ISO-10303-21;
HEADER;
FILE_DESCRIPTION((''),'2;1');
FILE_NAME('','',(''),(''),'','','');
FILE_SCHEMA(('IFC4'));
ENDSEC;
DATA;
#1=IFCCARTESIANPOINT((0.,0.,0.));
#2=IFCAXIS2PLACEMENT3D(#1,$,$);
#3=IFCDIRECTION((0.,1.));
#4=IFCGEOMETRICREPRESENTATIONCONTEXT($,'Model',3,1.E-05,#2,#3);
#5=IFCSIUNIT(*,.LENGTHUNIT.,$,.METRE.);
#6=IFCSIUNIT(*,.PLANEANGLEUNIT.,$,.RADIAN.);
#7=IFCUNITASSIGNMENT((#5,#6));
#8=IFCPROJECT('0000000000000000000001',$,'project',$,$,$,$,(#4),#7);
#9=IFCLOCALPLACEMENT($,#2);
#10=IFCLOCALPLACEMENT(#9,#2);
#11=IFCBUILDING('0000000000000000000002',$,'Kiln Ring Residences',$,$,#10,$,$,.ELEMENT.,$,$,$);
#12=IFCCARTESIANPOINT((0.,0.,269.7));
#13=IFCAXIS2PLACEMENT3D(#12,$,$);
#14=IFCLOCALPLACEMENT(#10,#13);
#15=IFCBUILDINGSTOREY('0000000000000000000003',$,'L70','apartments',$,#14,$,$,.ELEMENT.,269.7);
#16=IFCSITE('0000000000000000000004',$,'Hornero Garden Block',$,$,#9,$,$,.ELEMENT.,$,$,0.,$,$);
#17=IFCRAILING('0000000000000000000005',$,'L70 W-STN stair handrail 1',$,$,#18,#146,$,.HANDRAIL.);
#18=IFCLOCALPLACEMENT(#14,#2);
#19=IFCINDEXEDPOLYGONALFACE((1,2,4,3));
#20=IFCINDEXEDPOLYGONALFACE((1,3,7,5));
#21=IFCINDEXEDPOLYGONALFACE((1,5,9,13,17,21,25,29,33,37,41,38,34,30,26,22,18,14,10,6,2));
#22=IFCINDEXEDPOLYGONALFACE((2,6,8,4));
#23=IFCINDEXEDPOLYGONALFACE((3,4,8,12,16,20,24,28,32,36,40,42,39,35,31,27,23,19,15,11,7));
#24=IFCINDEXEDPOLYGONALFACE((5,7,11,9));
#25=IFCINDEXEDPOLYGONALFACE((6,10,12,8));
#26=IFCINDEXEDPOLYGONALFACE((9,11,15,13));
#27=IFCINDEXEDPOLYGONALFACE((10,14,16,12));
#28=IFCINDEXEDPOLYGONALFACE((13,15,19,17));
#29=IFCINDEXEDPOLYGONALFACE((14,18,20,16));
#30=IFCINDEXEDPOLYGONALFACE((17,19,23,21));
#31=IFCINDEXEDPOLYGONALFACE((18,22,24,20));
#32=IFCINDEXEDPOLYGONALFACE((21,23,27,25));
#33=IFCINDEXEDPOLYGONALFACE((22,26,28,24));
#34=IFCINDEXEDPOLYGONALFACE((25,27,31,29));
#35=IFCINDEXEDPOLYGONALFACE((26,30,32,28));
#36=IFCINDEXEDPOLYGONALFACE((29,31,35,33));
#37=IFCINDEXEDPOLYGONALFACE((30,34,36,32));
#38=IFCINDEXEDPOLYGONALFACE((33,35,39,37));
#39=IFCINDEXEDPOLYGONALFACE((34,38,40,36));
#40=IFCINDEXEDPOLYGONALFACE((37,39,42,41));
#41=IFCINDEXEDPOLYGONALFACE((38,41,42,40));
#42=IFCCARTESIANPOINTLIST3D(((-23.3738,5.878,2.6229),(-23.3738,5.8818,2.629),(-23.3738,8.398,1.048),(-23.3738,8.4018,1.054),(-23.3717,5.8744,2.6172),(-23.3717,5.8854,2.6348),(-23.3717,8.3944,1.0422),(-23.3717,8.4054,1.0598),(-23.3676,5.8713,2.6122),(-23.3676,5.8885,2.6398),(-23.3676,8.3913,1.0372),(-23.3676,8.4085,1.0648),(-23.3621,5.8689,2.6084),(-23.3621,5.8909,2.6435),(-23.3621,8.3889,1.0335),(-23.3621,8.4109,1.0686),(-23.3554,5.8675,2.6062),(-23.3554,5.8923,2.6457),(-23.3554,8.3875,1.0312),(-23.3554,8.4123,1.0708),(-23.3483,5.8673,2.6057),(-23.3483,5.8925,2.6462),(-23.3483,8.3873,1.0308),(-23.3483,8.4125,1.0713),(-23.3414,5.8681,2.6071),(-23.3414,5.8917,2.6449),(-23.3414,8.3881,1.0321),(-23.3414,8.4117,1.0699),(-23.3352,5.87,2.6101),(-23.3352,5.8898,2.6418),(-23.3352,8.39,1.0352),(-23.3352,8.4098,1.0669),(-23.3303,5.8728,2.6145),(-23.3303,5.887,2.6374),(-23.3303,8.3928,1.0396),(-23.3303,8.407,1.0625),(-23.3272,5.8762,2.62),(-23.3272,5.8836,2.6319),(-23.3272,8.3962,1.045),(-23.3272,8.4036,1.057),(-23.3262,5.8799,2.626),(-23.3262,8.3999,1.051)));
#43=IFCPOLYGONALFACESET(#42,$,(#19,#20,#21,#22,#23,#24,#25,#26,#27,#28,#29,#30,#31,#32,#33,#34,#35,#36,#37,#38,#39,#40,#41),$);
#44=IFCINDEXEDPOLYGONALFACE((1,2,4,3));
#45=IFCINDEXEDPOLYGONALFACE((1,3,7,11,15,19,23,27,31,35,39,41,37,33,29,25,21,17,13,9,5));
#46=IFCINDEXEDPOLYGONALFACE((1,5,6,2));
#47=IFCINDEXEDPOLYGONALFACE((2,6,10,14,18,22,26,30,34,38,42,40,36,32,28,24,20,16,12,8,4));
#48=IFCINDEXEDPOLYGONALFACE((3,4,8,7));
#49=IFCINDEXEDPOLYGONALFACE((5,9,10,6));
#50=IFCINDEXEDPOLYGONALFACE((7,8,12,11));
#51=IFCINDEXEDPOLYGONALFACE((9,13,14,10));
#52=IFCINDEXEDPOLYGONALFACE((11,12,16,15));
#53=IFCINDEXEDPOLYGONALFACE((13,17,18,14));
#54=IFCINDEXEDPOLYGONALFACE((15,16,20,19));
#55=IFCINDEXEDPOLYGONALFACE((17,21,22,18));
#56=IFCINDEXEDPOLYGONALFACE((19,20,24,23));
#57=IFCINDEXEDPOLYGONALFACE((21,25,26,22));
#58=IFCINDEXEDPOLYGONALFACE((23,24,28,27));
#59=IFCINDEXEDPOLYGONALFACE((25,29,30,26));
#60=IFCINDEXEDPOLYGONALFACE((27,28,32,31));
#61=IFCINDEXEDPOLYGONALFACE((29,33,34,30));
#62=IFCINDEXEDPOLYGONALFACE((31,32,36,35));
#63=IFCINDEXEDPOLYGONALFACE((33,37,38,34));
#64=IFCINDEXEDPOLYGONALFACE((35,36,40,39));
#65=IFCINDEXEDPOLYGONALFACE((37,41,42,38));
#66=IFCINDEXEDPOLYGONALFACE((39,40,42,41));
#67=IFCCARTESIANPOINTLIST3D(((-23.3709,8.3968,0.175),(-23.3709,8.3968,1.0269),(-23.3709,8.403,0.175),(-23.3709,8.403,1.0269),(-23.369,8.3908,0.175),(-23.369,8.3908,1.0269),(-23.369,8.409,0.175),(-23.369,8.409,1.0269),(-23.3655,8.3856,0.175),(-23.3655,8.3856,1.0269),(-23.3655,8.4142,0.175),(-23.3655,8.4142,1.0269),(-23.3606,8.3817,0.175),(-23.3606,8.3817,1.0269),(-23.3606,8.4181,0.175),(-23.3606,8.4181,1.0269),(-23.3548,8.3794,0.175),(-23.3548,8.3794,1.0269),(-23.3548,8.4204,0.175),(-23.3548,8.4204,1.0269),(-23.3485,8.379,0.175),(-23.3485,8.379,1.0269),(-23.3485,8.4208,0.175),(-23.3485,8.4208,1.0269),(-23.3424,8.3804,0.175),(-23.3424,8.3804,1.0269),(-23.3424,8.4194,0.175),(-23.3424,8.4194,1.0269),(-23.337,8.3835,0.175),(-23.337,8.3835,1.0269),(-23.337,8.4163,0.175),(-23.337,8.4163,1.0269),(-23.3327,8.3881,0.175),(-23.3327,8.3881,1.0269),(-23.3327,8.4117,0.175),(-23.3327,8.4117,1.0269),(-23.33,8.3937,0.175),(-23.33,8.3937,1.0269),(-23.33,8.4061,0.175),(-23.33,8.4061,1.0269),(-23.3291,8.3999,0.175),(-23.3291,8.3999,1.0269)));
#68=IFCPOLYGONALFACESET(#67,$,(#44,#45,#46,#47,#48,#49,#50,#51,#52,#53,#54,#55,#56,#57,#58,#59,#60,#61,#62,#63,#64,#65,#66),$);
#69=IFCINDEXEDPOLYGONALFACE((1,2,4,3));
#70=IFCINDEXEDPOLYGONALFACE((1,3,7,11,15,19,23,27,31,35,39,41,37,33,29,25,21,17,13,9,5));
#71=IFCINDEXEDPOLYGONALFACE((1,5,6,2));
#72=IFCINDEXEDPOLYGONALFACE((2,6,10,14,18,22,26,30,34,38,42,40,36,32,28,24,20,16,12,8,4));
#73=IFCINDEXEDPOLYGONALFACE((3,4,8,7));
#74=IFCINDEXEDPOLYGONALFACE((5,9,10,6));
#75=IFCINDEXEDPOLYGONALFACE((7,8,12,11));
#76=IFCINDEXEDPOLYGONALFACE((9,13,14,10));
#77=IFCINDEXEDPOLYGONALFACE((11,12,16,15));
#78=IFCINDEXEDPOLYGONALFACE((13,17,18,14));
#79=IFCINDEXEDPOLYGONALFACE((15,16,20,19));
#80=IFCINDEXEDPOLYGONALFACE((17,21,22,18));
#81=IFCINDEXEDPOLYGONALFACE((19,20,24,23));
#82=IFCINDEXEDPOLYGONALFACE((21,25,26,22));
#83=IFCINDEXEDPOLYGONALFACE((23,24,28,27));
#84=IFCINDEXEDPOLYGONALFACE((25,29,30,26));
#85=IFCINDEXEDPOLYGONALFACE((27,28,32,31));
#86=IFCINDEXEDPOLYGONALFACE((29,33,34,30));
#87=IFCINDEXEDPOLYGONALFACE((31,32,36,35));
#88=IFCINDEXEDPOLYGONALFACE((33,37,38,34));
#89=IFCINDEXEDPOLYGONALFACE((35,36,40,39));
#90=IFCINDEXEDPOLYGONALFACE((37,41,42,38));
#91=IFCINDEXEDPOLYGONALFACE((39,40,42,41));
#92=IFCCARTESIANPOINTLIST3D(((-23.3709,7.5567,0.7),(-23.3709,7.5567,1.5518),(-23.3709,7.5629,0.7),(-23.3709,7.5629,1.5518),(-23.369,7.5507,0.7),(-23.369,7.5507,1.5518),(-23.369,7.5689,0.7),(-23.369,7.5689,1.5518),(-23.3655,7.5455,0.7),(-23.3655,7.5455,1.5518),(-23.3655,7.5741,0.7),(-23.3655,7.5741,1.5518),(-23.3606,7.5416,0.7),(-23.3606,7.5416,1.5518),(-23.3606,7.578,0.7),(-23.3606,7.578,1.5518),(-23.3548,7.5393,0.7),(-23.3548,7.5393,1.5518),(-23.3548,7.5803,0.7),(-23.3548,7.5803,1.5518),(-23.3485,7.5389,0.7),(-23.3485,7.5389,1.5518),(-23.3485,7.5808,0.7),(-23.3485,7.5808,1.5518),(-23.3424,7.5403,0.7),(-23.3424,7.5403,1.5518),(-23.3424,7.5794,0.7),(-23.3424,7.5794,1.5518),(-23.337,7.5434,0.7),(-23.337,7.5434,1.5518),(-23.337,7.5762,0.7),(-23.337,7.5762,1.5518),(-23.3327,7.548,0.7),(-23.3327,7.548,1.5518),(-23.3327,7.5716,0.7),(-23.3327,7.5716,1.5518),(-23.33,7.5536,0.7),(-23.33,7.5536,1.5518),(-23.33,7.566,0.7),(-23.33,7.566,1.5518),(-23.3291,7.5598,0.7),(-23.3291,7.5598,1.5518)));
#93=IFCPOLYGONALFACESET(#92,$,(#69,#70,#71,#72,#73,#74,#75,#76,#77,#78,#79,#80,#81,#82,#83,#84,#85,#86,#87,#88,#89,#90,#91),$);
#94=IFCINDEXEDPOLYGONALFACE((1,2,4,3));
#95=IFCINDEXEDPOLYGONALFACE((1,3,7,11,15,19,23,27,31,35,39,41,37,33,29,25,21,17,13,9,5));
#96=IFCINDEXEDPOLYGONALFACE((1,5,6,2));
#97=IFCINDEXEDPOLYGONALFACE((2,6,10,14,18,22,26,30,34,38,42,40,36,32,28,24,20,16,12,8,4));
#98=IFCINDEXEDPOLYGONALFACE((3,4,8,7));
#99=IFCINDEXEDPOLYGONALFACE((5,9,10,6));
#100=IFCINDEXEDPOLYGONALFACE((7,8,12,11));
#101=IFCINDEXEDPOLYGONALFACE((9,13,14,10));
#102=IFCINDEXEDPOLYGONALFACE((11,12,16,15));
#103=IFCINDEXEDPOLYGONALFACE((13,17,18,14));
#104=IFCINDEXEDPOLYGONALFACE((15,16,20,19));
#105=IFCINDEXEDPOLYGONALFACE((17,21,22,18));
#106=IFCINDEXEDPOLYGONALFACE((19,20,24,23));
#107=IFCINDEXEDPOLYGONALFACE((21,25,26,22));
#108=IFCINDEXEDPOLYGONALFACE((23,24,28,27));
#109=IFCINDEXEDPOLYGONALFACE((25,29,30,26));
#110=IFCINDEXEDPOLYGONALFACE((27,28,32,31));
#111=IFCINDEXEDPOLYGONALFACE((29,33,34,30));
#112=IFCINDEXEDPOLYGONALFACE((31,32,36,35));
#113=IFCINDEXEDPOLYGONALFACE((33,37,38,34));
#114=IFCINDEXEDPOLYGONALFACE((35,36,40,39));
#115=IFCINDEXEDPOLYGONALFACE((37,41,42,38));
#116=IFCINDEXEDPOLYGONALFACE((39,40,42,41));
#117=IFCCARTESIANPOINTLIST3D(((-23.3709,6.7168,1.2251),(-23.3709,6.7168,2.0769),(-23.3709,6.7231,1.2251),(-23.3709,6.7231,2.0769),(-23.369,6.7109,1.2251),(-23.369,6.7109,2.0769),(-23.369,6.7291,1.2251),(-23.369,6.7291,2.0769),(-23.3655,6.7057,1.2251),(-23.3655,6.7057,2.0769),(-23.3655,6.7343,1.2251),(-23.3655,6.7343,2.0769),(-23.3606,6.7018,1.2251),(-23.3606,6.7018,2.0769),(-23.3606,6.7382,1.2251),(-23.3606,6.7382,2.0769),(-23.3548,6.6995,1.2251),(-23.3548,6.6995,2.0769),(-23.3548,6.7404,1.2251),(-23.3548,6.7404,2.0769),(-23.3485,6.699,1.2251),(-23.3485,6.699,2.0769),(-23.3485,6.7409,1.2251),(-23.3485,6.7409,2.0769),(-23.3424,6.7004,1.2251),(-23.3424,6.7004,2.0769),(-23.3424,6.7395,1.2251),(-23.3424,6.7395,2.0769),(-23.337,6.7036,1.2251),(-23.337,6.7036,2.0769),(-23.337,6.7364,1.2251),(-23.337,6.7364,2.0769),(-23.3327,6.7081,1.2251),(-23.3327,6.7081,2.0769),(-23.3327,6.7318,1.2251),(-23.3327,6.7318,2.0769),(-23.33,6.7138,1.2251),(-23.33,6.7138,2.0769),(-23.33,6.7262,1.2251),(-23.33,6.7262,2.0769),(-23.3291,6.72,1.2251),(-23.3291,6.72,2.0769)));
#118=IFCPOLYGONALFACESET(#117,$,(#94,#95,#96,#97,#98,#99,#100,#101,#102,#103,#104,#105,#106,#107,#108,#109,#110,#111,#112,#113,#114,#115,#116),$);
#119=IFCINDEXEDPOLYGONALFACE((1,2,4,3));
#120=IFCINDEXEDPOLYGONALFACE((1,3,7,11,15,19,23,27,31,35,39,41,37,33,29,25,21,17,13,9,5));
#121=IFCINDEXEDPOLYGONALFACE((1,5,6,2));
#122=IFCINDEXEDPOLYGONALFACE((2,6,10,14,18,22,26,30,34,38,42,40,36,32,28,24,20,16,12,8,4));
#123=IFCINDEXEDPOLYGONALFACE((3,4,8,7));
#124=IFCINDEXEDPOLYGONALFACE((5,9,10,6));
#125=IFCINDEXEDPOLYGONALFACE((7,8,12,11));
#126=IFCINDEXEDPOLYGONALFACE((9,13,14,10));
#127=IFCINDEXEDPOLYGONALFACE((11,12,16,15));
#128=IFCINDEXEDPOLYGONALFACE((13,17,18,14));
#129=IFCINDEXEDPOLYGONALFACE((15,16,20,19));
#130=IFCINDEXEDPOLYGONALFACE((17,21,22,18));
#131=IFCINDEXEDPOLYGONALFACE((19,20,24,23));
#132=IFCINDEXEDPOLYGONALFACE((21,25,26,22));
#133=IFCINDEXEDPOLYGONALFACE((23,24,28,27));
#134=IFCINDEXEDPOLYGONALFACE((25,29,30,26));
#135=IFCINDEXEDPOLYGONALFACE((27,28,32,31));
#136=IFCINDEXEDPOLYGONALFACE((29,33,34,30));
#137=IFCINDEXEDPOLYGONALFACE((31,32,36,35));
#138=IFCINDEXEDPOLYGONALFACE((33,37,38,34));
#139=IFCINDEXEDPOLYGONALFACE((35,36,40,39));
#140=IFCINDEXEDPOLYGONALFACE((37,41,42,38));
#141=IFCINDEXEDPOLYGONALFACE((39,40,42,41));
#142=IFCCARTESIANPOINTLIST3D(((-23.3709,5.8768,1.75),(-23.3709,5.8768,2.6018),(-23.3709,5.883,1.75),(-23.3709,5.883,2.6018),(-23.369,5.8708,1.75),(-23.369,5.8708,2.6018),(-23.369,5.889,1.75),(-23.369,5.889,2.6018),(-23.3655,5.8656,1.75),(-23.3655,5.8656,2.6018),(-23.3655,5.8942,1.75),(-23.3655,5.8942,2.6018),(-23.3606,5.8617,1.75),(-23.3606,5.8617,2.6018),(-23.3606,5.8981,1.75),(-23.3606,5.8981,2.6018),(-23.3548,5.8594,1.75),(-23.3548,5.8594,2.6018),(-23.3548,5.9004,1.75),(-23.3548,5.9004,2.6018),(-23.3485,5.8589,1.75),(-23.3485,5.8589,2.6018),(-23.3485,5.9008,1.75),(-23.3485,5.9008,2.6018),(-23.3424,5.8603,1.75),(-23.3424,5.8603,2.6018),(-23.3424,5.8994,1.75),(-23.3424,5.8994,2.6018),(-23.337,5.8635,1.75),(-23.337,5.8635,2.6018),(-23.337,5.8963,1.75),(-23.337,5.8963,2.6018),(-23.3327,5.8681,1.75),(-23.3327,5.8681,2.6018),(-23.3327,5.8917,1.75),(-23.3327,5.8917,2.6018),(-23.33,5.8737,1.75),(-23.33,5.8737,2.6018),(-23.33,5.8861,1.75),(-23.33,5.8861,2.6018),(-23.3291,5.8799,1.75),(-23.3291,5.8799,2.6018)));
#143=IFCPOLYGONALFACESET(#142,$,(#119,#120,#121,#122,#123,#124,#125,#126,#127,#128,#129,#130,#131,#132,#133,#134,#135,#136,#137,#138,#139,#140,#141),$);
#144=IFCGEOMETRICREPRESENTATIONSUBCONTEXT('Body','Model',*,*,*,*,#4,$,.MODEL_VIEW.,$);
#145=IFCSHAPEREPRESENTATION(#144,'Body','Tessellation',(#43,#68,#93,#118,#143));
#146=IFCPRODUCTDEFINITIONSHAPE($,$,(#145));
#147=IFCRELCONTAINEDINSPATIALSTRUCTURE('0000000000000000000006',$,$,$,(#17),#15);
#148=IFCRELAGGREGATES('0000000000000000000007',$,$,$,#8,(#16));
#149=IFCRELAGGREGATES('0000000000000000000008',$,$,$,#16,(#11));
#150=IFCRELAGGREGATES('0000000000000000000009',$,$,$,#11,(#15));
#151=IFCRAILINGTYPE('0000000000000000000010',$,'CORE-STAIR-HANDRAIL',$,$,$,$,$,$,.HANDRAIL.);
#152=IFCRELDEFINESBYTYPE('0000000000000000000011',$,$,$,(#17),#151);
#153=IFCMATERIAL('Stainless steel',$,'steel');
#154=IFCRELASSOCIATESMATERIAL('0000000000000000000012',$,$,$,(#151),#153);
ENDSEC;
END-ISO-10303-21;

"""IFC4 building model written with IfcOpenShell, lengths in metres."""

from ifc_helpers import new_model, si_unit, direction, frame, origin, origin_2d, place, context, subcontext, project, spatial, circle, extrude, material, type_object, element, save


model = new_model("IFC4")

# Units and contexts
model_context = context("Model", 3, precision=1e-05, world=origin(), true_north=direction((0.0, 1.0)))
body_context = subcontext(model_context, "Body", "Model", "MODEL_VIEW")
ifc_project = project(units=[si_unit("LENGTHUNIT", "METRE"), si_unit("PLANEANGLEUNIT", "RADIAN")], contexts=[model_context])

# Site, building, storey
site_placement = place(None, origin())
site = spatial("IfcSite", under=ifc_project, at=site_placement, Name="Hornero Garden Block", CompositionType="ELEMENT", RefElevation=0.0)
building_placement = place(site_placement, origin())
building = spatial("IfcBuilding", under=site, at=building_placement, Name="Kiln Ring Residences", CompositionType="ELEMENT")
storey_placement = place(building_placement, frame((0.0, 0.0, 269.7)))
storey = spatial("IfcBuildingStorey", under=building, at=storey_placement, Name="L70", Description="apartments", CompositionType="ELEMENT", Elevation=269.7)

# Railing
ifc_material_1 = material(Name="Stainless steel", Category="steel")
railing_type_1 = type_object("IfcRailingType", Name="CORE-STAIR-HANDRAIL", PredefinedType="HANDRAIL", material=ifc_material_1)
railing_1_placement = place(storey_placement, frame((-23.3501, 8.3999, 0.175)))
element("IfcRailing", 1, at=railing_1_placement, inside=storey, type_object=railing_type_1, Name="L70 W-STN stair handrail 1", PredefinedType="HANDRAIL", context=body_context, shape_type="SweptSolid", body=[
    extrude(circle(Radius=0.0239, at=origin_2d()), frame((0.0, 0.0, 0.876), z_axis=(0.0, -0.848008, 0.529984), x_axis=(1.0, 0.0, 0.0)), (0.0, 0.0, 1.0), 2.9717),
    extrude(circle(Radius=0.021, at=origin_2d()), origin(), (0.0, 0.0, 1.0), 0.8518),
    extrude(circle(Radius=0.021, at=origin_2d()), frame((0.0, -0.8401, 0.5249)), (0.0, 0.0, 1.0), 0.8518),
    extrude(circle(Radius=0.021, at=origin_2d()), frame((0.0, -1.6799, 1.05)), (0.0, 0.0, 1.0), 0.8518),
    extrude(circle(Radius=0.021, at=origin_2d()), frame((0.0, -2.52, 1.575)), (0.0, 0.0, 1.0), 0.8518),
])

save(model, "model.ifc")
